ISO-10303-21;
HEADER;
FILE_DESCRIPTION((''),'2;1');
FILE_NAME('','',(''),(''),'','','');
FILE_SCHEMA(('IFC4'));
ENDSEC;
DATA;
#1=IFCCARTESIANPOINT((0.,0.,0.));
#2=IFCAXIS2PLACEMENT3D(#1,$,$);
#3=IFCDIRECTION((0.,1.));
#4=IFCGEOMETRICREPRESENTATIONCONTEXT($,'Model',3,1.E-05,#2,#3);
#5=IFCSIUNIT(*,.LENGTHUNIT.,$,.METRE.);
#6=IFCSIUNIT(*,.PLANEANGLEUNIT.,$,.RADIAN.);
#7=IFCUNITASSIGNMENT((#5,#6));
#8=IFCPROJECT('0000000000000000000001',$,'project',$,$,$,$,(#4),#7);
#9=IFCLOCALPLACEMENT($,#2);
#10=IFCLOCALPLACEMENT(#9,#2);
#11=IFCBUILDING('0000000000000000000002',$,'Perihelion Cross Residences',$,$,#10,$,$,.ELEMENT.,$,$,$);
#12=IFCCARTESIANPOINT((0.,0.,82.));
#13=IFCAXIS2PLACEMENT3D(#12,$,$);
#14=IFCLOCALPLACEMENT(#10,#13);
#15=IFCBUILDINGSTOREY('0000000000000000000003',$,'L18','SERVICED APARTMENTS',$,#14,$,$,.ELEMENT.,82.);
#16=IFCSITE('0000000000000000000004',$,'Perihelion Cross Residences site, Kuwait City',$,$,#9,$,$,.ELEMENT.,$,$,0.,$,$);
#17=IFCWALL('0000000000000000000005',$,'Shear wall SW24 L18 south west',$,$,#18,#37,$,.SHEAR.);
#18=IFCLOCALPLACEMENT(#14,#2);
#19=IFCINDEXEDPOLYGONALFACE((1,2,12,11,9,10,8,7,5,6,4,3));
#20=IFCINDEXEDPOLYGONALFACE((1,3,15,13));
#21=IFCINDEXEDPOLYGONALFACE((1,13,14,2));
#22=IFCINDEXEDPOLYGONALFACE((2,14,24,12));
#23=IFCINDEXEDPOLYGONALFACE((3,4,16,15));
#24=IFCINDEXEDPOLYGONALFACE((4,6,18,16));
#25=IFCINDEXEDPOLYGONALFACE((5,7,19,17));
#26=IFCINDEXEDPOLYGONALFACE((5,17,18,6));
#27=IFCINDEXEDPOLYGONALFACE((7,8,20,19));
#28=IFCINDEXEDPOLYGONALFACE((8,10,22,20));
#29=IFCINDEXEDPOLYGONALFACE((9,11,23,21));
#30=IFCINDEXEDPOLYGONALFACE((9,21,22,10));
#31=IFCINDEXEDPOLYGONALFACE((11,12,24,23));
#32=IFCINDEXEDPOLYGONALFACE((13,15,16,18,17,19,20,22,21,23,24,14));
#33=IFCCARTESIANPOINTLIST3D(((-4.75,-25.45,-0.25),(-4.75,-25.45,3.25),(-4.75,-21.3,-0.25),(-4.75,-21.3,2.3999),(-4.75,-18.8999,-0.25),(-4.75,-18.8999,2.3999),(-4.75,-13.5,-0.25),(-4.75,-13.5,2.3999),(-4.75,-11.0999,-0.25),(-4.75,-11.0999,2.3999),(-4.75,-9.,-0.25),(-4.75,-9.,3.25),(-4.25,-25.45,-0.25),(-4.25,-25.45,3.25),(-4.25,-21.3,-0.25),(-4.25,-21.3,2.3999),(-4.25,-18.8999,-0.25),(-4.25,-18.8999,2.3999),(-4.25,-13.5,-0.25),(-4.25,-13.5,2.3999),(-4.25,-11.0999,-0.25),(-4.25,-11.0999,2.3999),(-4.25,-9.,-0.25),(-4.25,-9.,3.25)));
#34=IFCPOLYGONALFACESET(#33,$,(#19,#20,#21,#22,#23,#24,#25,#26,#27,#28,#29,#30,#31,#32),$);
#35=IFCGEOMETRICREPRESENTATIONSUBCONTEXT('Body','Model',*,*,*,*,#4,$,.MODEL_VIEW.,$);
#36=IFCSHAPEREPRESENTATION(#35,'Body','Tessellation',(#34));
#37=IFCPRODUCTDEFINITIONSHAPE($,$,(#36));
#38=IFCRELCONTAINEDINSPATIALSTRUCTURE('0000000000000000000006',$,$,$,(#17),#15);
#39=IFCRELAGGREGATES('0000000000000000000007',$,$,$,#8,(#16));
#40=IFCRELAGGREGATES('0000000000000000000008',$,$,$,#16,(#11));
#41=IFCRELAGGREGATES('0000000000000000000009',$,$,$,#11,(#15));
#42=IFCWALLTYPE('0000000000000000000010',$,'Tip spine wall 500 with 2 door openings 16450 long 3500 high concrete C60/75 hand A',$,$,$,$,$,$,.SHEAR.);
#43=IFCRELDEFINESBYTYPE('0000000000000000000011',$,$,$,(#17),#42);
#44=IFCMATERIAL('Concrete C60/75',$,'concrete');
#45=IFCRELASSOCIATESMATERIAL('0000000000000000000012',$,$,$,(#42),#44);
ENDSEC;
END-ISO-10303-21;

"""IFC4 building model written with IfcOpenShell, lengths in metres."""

from ifc_helpers import new_model, si_unit, direction, frame, origin, place, context, subcontext, project, spatial, polyline, outline, extrude, material, material_profile, profile_set, type_object, element, save


model = new_model("IFC4")

# Units and contexts
model_context = context("Model", 3, precision=1e-05, world=origin(), true_north=direction((0.0, 1.0)))
body_context = subcontext(model_context, "Body", "Model", "MODEL_VIEW")
ifc_project = project(units=[si_unit("LENGTHUNIT", "METRE"), si_unit("PLANEANGLEUNIT", "RADIAN")], contexts=[model_context])

# Site, building, storey
site_placement = place(None, origin())
site = spatial("IfcSite", under=ifc_project, at=site_placement, Name="Perihelion Cross Residences site, Kuwait City", CompositionType="ELEMENT", RefElevation=0.0)
building_placement = place(site_placement, origin())
building = spatial("IfcBuilding", under=site, at=building_placement, Name="Perihelion Cross Residences", CompositionType="ELEMENT")
storey_placement = place(building_placement, frame((0.0, 0.0, 82.0)))
storey = spatial("IfcBuildingStorey", under=building, at=storey_placement, Name="L18", Description="SERVICED APARTMENTS", CompositionType="ELEMENT", Elevation=82.0)

# Wall
ifc_material_1 = material(Name="Concrete C60/75", Category="concrete")
ifc_material_profile_1 = material_profile(ifc_material_1, outline(polyline([(0.0, 0.0), (4.1499, 0.0), (4.1499, 2.6499), (6.55, 2.6499), (6.55, 0.0), (11.95, 0.0), (11.95, 2.6499), (14.3501, 2.6499), (14.3501, 0.0), (16.45, 0.0), (16.45, 3.5), (0.0, 3.5), (0.0, 0.0)])), Name="Tip spine wall")
ifc_profile_set_1 = profile_set([ifc_material_profile_1], Name="Concrete C60/75")
wall_type_1 = type_object("IfcWallType", Name="Tip spine wall 500 with 2 door openings 16450 long 3500 high concrete C60/75 hand A", PredefinedType="SHEAR", material=ifc_profile_set_1)
wall_1_placement = place(storey_placement, frame((-4.75, -25.45, -0.25), z_axis=(1.0, 0.0, 0.0), x_axis=(0.0, 1.0, 0.0)))
element("IfcWall", 1, at=wall_1_placement, inside=storey, type_object=wall_type_1, Name="Shear wall SW24 L18 south west", PredefinedType="SHEAR", context=body_context, shape_type="SweptSolid", body=[
    extrude(outline(polyline([(0.0, 0.0), (4.1499, 0.0), (4.1499, 2.6499), (6.55, 2.6499), (6.55, 0.0), (11.95, 0.0), (11.95, 2.6499), (14.3501, 2.6499), (14.3501, 0.0), (16.45, 0.0), (16.45, 3.5), (0.0, 3.5), (0.0, 0.0)])), origin(), (0.0, 0.0, 1.0), 0.5),
])

save(model, "model.ifc")
